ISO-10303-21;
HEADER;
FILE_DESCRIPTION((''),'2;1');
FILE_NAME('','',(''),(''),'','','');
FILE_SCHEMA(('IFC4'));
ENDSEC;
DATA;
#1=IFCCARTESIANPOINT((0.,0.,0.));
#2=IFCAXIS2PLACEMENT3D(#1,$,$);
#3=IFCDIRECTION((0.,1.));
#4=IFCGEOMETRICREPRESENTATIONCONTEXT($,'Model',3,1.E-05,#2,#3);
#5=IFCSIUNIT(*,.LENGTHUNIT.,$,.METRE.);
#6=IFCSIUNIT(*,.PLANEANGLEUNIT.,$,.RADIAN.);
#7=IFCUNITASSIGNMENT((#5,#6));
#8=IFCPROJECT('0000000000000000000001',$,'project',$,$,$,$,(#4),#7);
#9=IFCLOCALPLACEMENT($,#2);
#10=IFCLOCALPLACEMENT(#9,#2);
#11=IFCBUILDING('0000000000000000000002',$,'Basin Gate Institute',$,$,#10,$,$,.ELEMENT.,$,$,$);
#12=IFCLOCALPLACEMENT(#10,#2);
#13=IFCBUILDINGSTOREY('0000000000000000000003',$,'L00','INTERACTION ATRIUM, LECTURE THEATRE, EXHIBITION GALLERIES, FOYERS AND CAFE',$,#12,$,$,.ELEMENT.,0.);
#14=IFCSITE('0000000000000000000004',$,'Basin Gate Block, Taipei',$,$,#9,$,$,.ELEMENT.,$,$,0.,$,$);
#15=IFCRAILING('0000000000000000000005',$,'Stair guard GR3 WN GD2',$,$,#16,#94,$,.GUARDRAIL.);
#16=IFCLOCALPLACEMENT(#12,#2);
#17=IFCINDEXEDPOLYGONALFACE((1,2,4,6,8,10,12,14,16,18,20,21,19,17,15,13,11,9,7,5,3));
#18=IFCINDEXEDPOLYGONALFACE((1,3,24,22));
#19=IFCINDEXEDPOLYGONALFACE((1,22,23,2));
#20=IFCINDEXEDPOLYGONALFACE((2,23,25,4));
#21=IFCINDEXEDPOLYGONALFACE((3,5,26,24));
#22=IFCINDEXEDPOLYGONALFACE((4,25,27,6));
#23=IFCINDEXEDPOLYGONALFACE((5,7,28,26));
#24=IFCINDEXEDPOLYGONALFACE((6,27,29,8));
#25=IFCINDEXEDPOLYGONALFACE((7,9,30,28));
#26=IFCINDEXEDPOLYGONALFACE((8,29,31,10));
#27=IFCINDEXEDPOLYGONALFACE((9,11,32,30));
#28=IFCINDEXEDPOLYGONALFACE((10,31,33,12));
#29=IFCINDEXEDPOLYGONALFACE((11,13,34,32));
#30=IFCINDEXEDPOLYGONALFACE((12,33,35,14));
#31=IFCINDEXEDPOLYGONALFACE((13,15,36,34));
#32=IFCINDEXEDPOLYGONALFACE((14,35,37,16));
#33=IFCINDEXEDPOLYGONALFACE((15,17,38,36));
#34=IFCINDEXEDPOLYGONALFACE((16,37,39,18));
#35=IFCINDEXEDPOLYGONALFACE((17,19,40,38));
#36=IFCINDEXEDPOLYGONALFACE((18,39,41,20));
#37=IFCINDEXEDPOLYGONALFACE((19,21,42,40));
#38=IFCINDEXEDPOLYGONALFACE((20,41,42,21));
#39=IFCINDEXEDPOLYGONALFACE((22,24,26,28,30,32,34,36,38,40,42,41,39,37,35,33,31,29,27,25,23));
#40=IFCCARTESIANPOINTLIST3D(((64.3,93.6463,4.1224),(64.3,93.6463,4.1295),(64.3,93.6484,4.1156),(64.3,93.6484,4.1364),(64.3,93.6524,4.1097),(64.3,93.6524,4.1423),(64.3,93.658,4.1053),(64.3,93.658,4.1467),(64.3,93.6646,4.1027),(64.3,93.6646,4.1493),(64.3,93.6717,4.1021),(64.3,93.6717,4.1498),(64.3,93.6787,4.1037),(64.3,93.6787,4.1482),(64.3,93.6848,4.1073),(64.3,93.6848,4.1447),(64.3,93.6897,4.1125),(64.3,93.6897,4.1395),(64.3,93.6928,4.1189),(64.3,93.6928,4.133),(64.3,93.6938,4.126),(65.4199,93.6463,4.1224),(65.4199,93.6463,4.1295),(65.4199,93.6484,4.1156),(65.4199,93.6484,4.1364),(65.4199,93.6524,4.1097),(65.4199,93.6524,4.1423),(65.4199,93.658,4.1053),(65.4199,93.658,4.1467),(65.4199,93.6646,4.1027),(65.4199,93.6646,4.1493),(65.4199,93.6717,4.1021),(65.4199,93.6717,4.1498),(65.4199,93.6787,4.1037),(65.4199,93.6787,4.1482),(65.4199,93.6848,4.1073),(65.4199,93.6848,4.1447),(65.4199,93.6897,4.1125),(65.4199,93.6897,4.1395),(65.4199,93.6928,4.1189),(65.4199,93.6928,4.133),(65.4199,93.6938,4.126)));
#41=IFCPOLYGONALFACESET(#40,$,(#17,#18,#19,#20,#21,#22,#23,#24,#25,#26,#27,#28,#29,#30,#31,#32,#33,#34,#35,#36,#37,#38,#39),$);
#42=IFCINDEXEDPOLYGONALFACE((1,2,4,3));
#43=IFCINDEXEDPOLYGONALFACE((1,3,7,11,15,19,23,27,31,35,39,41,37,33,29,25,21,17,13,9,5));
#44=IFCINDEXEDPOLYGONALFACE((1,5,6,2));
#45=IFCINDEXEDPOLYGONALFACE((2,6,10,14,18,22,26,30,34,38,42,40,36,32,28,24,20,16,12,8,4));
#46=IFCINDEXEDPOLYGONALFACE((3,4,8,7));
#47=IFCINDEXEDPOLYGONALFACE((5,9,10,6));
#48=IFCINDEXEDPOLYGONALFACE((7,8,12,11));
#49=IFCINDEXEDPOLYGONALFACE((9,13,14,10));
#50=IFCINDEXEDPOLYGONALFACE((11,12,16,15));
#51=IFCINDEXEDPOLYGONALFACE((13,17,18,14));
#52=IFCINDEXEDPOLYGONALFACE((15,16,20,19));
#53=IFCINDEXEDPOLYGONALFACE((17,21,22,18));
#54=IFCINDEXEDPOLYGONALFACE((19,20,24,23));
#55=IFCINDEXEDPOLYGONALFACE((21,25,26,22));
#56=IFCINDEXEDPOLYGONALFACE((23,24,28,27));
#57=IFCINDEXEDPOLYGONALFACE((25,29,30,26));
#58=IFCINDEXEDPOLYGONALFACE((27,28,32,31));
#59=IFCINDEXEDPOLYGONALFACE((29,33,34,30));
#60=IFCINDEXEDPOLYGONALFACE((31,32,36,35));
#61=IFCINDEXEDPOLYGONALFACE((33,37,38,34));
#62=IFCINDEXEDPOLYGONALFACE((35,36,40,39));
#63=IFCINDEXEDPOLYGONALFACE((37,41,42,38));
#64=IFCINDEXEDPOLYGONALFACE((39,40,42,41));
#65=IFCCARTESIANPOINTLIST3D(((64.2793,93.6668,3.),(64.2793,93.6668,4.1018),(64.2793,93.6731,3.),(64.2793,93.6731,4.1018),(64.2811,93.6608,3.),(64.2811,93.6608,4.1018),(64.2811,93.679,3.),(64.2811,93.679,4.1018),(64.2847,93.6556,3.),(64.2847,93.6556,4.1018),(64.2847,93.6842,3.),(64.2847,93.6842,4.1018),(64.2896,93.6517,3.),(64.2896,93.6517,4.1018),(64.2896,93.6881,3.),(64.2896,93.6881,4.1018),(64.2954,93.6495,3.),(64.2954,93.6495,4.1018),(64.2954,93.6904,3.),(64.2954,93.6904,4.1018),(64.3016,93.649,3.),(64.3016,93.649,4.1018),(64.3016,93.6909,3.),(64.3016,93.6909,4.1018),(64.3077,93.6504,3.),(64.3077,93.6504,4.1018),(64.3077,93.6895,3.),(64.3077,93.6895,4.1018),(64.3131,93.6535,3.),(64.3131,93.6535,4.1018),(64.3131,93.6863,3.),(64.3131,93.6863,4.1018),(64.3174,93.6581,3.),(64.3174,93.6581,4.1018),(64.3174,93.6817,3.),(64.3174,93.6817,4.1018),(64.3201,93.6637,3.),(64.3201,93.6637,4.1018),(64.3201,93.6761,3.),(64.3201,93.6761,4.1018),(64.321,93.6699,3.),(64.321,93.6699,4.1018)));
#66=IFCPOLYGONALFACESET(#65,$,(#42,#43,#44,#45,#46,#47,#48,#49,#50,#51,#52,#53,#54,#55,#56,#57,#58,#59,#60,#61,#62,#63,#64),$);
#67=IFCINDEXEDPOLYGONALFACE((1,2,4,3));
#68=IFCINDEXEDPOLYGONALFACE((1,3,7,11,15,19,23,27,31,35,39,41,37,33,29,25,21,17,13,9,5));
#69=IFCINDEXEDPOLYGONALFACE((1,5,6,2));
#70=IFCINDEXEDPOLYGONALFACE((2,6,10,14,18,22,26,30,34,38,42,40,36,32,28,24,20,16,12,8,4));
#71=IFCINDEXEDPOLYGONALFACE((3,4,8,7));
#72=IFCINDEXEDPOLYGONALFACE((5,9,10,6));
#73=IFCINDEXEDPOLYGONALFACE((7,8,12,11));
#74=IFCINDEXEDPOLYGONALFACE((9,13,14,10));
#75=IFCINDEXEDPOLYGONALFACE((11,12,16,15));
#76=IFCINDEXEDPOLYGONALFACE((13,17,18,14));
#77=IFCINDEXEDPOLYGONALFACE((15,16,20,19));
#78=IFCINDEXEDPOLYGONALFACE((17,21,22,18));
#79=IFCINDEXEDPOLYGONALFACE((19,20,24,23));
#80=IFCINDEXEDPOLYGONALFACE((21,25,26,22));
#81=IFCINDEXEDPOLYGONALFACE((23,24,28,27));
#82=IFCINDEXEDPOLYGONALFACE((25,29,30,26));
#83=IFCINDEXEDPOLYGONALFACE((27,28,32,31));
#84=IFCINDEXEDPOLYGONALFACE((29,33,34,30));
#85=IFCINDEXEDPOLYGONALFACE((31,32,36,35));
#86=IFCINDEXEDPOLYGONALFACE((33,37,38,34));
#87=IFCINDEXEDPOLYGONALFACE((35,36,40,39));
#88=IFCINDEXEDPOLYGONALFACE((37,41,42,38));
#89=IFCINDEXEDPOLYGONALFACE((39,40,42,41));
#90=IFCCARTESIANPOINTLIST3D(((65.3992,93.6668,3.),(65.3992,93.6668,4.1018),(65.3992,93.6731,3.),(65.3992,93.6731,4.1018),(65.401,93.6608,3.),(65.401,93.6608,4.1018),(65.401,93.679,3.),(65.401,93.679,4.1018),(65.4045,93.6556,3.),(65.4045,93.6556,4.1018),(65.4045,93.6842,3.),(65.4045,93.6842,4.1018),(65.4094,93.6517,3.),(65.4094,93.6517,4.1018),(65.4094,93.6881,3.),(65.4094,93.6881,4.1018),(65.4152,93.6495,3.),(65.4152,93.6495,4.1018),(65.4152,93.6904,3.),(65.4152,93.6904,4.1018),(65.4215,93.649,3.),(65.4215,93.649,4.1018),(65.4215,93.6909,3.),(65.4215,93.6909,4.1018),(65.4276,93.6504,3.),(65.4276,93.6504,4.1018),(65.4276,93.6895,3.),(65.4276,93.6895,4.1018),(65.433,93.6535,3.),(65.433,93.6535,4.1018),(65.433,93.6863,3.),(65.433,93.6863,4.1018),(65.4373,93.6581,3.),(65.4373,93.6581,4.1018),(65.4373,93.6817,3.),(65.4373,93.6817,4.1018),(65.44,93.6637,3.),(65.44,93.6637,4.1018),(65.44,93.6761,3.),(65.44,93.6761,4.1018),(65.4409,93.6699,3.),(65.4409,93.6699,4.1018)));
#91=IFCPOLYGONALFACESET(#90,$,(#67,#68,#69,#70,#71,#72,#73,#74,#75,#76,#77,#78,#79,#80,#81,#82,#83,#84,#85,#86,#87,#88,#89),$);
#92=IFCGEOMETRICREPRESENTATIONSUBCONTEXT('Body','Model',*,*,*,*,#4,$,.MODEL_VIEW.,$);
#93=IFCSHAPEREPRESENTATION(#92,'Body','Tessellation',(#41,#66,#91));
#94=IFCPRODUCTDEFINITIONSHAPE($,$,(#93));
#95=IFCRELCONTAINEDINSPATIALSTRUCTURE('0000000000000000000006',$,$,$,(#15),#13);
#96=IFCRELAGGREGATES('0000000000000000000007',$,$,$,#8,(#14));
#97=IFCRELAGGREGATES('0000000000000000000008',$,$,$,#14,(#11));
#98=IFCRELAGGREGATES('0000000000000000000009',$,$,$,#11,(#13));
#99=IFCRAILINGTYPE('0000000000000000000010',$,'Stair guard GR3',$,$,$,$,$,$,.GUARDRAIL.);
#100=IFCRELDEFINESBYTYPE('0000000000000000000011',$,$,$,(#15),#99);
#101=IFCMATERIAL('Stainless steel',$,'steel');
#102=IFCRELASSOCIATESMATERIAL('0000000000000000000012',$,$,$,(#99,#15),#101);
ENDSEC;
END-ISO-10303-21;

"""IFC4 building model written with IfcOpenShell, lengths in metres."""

from ifc_helpers import new_model, si_unit, direction, frame, origin, origin_2d, place, context, subcontext, project, spatial, circle, extrude, material, type_object, element, save


model = new_model("IFC4")

# Units and contexts
model_context = context("Model", 3, precision=1e-05, world=origin(), true_north=direction((0.0, 1.0)))
body_context = subcontext(model_context, "Body", "Model", "MODEL_VIEW")
ifc_project = project(units=[si_unit("LENGTHUNIT", "METRE"), si_unit("PLANEANGLEUNIT", "RADIAN")], contexts=[model_context])

# Site, building, storey
site_placement = place(None, origin())
site = spatial("IfcSite", under=ifc_project, at=site_placement, Name="Basin Gate Block, Taipei", CompositionType="ELEMENT", RefElevation=0.0)
building_placement = place(site_placement, origin())
building = spatial("IfcBuilding", under=site, at=building_placement, Name="Basin Gate Institute", CompositionType="ELEMENT")
storey_placement = place(building_placement, origin())
storey = spatial("IfcBuildingStorey", under=building, at=storey_placement, Name="L00", Description="INTERACTION ATRIUM, LECTURE THEATRE, EXHIBITION GALLERIES, FOYERS AND CAFE", CompositionType="ELEMENT", Elevation=0.0)

# Railing
ifc_material_1 = material(Name="Stainless steel", Category="steel")
railing_type_1 = type_object("IfcRailingType", Name="Stair guard GR3", PredefinedType="GUARDRAIL", material=ifc_material_1)
railing_placement = place(storey_placement, frame((64.3, 93.6699, 3.0)))
element("IfcRailing", 1, at=railing_placement, inside=storey, type_object=railing_type_1, material=ifc_material_1, Name="Stair guard GR3 WN GD2", PredefinedType="GUARDRAIL", context=body_context, shape_type="SweptSolid", body=[
    extrude(circle(Radius=0.0239, at=origin_2d()), frame((0.0, 0.0, 1.126), z_axis=(1.0, 0.0, 0.0), x_axis=(0.0, 1.0, 0.0)), (0.0, 0.0, 1.0), 1.1199),
    extrude(circle(Radius=0.021, at=origin_2d()), origin(), (0.0, 0.0, 1.0), 1.1018),
    extrude(circle(Radius=0.021, at=origin_2d()), frame((1.1199, 0.0, 0.0)), (0.0, 0.0, 1.0), 1.1018),
])

save(model, "model.ifc")
